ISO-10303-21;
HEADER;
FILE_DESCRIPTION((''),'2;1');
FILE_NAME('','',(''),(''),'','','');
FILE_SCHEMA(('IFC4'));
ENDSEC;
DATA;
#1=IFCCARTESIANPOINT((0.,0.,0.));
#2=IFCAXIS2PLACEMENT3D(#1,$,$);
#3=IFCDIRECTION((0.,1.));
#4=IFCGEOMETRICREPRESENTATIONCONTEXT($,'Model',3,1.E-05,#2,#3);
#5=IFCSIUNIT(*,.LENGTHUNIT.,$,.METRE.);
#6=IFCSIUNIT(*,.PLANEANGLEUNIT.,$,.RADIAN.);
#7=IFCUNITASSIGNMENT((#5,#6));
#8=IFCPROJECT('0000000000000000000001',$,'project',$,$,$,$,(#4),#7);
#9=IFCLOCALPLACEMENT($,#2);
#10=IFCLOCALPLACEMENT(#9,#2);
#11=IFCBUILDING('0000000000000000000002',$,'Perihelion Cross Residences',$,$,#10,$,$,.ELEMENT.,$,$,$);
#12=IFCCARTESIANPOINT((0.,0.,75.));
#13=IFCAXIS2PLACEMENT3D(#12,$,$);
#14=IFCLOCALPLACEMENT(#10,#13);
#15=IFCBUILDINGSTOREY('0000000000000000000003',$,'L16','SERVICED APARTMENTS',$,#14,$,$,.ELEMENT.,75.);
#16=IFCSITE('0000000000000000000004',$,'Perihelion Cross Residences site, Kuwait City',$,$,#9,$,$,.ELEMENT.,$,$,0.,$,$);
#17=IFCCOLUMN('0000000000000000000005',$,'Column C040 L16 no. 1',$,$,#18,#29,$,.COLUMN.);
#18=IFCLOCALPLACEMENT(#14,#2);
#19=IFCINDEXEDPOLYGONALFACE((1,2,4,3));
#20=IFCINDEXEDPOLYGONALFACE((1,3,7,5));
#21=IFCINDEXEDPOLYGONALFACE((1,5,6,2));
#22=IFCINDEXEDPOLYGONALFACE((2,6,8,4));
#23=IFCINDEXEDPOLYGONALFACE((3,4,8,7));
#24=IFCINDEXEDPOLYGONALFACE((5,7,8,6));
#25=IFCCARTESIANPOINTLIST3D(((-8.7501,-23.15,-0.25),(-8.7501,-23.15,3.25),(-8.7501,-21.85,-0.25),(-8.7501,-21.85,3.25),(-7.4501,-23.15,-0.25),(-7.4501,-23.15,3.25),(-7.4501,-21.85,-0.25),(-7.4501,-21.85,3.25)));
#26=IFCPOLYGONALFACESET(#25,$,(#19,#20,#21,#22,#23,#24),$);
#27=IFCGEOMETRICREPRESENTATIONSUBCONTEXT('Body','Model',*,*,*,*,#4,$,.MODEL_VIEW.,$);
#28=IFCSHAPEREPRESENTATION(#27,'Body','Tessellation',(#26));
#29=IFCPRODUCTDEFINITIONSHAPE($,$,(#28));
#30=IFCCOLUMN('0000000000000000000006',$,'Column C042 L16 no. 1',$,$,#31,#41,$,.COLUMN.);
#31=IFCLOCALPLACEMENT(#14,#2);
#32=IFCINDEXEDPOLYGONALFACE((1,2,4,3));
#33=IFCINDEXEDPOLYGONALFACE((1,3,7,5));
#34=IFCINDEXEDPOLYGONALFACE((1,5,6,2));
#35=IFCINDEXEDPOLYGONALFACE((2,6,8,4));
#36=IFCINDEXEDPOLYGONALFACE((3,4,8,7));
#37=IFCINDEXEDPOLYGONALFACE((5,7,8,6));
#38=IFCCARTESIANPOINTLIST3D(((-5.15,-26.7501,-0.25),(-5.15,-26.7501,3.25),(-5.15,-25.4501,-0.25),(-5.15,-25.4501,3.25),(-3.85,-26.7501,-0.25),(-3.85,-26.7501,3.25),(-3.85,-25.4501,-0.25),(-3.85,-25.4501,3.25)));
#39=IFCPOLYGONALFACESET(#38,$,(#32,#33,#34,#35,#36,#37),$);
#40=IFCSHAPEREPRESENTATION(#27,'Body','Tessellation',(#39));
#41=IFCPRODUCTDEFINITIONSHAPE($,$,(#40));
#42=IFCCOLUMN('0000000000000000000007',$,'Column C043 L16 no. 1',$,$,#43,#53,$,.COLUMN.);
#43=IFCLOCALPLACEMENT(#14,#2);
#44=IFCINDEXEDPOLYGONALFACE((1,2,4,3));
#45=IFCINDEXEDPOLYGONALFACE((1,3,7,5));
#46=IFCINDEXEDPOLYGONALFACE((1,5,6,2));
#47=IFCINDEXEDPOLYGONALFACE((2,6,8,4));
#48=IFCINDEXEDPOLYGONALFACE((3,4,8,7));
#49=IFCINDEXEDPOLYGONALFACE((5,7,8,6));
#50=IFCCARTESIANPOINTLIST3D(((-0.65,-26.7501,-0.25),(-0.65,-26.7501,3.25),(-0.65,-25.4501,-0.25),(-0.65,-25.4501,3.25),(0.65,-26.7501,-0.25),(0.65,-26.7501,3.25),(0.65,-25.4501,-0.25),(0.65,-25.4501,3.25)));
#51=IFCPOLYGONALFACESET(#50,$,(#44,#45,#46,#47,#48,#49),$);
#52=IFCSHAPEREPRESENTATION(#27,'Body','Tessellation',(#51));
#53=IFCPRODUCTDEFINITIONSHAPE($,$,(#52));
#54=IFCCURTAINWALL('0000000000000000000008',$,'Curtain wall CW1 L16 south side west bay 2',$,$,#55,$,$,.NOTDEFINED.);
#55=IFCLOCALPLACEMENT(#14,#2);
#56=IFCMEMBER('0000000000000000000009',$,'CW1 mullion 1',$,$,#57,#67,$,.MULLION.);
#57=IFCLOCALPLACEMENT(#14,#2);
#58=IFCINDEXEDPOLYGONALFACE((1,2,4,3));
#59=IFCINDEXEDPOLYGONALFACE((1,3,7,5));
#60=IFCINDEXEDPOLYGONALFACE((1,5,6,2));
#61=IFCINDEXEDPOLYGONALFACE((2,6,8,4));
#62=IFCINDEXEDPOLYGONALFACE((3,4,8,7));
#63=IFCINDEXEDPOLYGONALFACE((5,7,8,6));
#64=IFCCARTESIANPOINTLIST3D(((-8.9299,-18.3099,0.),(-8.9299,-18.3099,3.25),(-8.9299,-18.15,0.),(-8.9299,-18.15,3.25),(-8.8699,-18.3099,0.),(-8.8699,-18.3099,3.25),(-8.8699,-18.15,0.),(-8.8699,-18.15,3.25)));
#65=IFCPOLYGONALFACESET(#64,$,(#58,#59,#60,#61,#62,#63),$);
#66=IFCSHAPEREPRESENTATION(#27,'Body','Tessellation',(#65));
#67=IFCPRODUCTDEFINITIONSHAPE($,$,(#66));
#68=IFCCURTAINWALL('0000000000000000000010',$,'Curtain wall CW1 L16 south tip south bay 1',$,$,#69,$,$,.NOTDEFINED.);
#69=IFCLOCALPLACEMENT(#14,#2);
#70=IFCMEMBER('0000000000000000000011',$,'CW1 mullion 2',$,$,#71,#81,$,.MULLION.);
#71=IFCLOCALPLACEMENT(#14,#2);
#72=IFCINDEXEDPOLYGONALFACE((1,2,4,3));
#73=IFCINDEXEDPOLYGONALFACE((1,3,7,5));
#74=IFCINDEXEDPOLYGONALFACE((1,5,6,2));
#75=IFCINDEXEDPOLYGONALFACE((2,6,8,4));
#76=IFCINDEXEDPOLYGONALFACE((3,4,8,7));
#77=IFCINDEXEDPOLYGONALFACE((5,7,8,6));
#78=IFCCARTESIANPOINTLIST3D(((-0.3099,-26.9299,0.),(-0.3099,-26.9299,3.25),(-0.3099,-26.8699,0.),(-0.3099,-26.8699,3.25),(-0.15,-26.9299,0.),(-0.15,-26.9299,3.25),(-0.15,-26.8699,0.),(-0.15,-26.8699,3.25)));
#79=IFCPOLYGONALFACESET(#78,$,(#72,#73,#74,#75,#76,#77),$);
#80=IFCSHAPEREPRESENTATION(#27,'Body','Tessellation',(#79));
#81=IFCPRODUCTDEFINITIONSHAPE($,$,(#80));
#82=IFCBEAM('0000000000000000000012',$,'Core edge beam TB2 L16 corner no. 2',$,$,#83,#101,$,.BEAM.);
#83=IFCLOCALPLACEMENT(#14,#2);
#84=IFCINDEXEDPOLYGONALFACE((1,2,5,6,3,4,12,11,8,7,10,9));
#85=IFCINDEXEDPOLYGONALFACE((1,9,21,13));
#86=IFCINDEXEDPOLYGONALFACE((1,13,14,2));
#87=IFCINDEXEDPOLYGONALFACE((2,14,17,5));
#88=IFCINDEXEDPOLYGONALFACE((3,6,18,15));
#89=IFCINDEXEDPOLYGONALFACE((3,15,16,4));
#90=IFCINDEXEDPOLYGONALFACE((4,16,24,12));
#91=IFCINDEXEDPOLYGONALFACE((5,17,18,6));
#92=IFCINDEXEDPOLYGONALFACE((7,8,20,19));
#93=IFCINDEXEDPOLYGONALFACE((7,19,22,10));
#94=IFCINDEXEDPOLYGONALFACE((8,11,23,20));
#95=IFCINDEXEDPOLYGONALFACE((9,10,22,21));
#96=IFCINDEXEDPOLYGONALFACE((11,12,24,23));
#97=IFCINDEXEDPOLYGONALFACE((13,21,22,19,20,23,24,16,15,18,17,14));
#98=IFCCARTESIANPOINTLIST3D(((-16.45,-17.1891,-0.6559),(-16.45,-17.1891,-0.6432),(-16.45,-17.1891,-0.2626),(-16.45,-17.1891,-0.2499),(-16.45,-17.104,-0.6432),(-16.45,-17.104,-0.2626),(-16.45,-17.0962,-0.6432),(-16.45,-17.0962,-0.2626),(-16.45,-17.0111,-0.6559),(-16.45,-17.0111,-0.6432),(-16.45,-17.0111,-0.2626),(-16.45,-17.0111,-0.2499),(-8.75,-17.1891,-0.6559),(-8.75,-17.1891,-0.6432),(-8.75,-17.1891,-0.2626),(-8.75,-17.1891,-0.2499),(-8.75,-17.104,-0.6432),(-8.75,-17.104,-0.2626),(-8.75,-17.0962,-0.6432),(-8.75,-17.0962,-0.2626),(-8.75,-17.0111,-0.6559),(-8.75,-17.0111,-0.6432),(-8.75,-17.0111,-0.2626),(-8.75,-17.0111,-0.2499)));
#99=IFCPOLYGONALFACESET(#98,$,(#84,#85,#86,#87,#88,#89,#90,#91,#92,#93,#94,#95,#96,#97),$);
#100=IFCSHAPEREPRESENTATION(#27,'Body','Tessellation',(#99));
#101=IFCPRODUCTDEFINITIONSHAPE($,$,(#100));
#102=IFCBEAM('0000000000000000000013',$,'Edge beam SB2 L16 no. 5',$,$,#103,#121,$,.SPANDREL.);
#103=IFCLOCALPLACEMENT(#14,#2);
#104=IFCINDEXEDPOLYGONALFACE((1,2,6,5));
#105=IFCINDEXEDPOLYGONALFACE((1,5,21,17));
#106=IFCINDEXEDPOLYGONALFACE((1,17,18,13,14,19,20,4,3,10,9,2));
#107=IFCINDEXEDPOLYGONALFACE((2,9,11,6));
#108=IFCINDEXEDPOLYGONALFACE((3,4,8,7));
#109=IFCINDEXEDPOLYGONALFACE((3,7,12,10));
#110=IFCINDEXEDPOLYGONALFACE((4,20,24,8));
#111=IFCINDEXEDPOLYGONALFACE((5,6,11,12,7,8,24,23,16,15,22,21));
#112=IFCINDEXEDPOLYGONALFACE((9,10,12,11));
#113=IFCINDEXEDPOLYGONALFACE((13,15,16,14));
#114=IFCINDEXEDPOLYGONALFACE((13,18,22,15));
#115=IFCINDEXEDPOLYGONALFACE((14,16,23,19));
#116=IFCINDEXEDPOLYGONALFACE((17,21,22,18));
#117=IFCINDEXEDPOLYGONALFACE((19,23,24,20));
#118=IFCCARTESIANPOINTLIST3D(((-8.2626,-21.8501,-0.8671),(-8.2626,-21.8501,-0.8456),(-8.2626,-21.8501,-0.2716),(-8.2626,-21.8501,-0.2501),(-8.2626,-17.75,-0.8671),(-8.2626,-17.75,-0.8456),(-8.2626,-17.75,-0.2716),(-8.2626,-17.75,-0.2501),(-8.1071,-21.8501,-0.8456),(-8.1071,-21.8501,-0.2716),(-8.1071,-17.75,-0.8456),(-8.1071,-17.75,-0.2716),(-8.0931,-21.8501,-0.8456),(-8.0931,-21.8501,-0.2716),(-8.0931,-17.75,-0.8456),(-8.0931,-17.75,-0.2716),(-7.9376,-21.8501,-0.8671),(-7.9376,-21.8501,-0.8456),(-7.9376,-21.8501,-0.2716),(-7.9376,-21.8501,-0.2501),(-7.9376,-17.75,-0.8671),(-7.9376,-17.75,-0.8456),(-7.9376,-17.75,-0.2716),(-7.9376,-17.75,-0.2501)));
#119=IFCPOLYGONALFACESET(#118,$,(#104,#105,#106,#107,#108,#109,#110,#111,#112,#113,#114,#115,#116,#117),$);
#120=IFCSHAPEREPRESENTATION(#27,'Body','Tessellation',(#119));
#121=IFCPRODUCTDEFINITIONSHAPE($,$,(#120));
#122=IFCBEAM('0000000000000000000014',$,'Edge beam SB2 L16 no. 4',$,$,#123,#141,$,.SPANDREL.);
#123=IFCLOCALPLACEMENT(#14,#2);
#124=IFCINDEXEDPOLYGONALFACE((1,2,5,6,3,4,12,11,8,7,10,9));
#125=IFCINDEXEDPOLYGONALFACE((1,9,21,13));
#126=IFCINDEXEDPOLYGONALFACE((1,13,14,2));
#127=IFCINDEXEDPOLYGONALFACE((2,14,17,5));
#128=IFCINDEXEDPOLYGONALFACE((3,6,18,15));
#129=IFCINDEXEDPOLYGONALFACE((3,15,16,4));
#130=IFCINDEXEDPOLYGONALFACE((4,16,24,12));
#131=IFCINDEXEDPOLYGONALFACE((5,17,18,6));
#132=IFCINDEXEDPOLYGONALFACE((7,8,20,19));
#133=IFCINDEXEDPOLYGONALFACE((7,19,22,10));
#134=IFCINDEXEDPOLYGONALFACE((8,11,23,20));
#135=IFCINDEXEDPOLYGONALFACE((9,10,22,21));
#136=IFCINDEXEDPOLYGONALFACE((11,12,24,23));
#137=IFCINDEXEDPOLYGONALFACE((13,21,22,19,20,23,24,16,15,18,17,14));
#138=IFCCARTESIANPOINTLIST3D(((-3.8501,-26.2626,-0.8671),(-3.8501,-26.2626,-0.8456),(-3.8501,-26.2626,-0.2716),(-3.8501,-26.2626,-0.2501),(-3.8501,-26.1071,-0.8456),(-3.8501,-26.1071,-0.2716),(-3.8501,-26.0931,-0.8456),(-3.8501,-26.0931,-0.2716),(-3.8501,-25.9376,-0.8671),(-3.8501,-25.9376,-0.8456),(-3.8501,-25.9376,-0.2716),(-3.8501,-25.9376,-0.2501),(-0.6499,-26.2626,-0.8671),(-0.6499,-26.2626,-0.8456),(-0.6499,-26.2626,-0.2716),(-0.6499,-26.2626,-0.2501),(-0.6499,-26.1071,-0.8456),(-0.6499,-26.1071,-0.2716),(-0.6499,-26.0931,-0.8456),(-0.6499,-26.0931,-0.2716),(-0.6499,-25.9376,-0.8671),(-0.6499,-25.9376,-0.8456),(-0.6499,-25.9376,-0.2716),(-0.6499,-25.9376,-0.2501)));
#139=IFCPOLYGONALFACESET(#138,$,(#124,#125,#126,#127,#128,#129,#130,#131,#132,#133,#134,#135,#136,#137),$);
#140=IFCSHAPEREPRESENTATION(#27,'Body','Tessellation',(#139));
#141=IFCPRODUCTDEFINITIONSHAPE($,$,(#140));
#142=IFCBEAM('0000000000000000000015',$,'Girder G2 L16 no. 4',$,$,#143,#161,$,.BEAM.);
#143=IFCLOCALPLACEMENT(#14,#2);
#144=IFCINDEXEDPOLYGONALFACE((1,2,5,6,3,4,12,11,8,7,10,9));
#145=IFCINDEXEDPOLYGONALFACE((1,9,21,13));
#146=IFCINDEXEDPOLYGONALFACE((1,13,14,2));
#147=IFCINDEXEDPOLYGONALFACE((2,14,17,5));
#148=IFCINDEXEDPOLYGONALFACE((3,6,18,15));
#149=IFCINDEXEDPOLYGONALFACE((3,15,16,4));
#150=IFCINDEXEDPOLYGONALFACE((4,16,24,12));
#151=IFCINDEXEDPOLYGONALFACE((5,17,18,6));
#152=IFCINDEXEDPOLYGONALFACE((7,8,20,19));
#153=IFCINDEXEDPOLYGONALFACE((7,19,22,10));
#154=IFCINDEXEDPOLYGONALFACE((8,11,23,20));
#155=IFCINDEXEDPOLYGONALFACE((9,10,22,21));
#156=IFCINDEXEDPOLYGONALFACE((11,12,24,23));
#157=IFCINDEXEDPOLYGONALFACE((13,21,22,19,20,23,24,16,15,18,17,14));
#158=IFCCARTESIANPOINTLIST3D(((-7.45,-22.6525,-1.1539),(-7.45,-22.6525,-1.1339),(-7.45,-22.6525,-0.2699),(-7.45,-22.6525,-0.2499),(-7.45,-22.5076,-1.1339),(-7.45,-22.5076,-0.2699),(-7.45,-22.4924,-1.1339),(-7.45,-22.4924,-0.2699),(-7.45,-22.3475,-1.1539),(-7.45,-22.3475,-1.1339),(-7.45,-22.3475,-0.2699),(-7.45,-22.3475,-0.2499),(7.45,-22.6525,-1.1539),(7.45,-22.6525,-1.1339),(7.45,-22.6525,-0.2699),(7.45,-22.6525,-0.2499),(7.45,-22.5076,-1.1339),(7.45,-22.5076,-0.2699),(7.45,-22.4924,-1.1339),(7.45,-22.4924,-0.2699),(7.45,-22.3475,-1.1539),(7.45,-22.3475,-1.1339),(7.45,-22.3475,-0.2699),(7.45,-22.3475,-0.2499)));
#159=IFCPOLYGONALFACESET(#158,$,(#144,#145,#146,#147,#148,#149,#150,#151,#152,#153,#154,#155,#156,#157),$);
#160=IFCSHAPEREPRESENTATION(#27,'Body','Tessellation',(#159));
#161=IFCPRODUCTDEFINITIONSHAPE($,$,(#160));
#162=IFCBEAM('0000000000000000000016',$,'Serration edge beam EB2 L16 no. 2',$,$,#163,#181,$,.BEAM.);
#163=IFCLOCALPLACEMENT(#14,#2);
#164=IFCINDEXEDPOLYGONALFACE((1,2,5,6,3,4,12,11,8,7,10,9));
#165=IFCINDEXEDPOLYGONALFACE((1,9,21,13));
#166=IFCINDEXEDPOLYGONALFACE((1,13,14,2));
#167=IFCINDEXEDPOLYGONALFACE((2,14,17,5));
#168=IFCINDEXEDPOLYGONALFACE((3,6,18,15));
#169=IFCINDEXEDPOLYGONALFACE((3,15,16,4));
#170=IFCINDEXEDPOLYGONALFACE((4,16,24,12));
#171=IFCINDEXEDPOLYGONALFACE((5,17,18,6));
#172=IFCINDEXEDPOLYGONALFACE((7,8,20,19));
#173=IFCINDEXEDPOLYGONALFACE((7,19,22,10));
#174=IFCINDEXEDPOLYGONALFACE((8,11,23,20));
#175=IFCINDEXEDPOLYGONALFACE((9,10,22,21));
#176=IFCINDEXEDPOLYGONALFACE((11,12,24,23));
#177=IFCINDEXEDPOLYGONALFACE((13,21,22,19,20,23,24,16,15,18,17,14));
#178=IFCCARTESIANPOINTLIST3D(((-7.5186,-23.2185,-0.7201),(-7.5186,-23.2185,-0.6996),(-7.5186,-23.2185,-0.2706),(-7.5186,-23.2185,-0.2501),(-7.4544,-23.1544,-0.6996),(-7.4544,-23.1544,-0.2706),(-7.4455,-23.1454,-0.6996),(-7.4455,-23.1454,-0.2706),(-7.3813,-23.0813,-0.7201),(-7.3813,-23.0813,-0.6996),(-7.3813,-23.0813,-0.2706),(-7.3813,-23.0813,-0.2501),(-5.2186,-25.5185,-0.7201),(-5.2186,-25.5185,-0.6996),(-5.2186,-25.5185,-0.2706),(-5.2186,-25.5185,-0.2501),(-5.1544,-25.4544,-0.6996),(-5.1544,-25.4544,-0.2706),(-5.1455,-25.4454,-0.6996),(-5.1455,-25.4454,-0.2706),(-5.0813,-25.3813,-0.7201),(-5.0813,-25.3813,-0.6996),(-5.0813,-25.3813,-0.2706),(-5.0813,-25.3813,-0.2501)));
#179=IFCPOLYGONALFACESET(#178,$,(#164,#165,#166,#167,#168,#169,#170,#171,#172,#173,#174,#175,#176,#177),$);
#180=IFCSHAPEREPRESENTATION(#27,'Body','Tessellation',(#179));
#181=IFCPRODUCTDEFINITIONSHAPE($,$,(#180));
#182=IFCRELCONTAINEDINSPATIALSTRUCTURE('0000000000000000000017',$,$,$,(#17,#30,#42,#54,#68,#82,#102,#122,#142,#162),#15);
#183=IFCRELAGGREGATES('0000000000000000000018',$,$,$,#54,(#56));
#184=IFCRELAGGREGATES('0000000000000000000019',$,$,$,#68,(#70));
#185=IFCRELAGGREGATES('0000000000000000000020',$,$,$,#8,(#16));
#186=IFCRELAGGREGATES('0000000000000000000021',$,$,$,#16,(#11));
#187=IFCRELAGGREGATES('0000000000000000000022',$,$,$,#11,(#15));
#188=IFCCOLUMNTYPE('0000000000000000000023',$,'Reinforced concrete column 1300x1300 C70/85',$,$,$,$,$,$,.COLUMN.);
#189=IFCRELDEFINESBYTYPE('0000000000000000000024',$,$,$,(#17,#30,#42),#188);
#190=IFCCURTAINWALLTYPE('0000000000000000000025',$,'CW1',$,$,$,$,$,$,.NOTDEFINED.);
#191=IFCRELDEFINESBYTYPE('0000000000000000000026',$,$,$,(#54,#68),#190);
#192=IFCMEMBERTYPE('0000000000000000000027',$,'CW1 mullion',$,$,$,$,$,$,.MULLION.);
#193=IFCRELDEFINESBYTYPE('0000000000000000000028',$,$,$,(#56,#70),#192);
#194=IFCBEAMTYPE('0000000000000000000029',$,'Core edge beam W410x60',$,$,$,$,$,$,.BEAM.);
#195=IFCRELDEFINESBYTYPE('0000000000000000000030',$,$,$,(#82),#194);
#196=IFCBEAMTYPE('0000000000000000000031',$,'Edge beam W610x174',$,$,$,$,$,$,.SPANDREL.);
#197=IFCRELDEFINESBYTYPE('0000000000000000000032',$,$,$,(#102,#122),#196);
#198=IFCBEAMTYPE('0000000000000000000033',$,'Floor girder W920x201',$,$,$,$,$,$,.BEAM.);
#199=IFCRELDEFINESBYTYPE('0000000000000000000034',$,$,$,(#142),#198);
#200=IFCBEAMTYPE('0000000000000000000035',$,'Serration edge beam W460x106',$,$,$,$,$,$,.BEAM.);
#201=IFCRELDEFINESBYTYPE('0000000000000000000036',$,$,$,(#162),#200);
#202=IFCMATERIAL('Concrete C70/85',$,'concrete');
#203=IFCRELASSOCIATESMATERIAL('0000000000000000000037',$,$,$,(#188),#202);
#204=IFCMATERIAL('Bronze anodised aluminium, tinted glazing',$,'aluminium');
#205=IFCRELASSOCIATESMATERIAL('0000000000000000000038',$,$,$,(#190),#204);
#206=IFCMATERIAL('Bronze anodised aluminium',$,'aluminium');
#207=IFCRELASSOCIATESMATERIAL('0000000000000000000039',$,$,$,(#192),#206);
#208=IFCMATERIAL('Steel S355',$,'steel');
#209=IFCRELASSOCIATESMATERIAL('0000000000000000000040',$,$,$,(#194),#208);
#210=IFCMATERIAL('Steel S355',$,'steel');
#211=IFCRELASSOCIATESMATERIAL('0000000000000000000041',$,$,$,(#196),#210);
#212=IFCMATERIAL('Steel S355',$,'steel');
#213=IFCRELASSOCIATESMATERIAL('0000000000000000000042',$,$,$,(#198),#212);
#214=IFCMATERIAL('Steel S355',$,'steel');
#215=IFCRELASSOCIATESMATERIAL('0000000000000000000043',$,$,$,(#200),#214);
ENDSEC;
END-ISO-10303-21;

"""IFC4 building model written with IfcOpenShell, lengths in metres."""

from ifc_helpers import new_model, si_unit, direction, frame, origin, origin_2d, place, context, subcontext, project, spatial, rectangle, i_section, extrude, material, material_profile, profile_set, type_object, element, aggregate, save


model = new_model("IFC4")

# Units and contexts
model_context = context("Model", 3, precision=1e-05, world=origin(), true_north=direction((0.0, 1.0)))
body_context = subcontext(model_context, "Body", "Model", "MODEL_VIEW")
ifc_project = project(units=[si_unit("LENGTHUNIT", "METRE"), si_unit("PLANEANGLEUNIT", "RADIAN")], contexts=[model_context])

# Site, building, storey
site_placement = place(None, origin())
site = spatial("IfcSite", under=ifc_project, at=site_placement, Name="Perihelion Cross Residences site, Kuwait City", CompositionType="ELEMENT", RefElevation=0.0)
building_placement = place(site_placement, origin())
building = spatial("IfcBuilding", under=site, at=building_placement, Name="Perihelion Cross Residences", CompositionType="ELEMENT")
storey_placement = place(building_placement, frame((0.0, 0.0, 75.0)))
storey = spatial("IfcBuildingStorey", under=building, at=storey_placement, Name="L16", Description="SERVICED APARTMENTS", CompositionType="ELEMENT", Elevation=75.0)

# Columns
ifc_material_1 = material(Name="Concrete C70/85", Category="concrete")
ifc_material_profile_1 = material_profile(ifc_material_1, rectangle(XDim=1.3, YDim=1.3, at=origin_2d()), Name="RC 1300x1300")
ifc_profile_set_1 = profile_set([ifc_material_profile_1], Name="Concrete C70/85")
column_type = type_object("IfcColumnType", Name="Reinforced concrete column 1300x1300 C70/85", PredefinedType="COLUMN", material=ifc_profile_set_1)
for number, where, z_axis, x_axis, name in (
    (1, (-8.1001, -22.5, -0.25), (0.0, 0.0, 1.0), (1.0, 0.0, 0.0), "Column C040 L16 no. 1"),
    (2, (-4.5, -26.1001, -0.25), (0.0, 0.0, 1.0), (1.0, 0.0, 0.0), "Column C042 L16 no. 1"),
    (3, (0.0, -26.1001, -0.25), (0.0, 0.0, 1.0), (1.0, 0.0, 0.0), "Column C043 L16 no. 1"),
):
    element("IfcColumn", number, at=place(storey_placement, frame(where, z_axis=z_axis, x_axis=x_axis)), inside=storey, type_object=column_type, Name=name, PredefinedType="COLUMN", context=body_context, shape_type="SweptSolid", body=[
        extrude(rectangle(XDim=1.3, YDim=1.3, at=origin_2d()), origin(), (0.0, 0.0, 1.0), 3.5),
    ])

# Curtain walls, members
ifc_material_2 = material(Name="Bronze anodised aluminium, tinted glazing", Category="aluminium")
curtain_wall_type = type_object("IfcCurtainWallType", Name="CW1", PredefinedType="NOTDEFINED", material=ifc_material_2)
curtain_wall_1_placement = place(storey_placement, origin())
curtain_wall_1 = element("IfcCurtainWall", 4, at=curtain_wall_1_placement, inside=storey, type_object=curtain_wall_type, Name="Curtain wall CW1 L16 south side west bay 2", PredefinedType="NOTDEFINED")
ifc_material_3 = material(Name="Bronze anodised aluminium", Category="aluminium")
ifc_material_profile_2 = material_profile(ifc_material_3, rectangle(XDim=0.0601, YDim=0.1599, at=origin_2d()), Name="CW1 mullion")
ifc_profile_set_2 = profile_set([ifc_material_profile_2], Name="Bronze anodised aluminium")
member_type = type_object("IfcMemberType", Name="CW1 mullion", PredefinedType="MULLION", material=ifc_profile_set_2)
member_1_placement = place(storey_placement, frame((-8.8999, -18.23, 0.0), z_axis=(0.0, 0.0, 1.0), x_axis=(1.0, 0.0, 0.0)))
member_1 = element("IfcMember", 5, at=member_1_placement, type_object=member_type, Name="CW1 mullion 1", PredefinedType="MULLION", context=body_context, shape_type="SweptSolid", body=[
    extrude(rectangle(XDim=0.0601, YDim=0.1599, at=origin_2d()), origin(), (0.0, 0.0, 1.0), 3.25),
])
curtain_wall_2_placement = place(storey_placement, origin())
curtain_wall_2 = element("IfcCurtainWall", 6, at=curtain_wall_2_placement, inside=storey, type_object=curtain_wall_type, Name="Curtain wall CW1 L16 south tip south bay 1", PredefinedType="NOTDEFINED")
member_2_placement = place(storey_placement, frame((-0.23, -26.8999, 0.0), z_axis=(0.0, 0.0, 1.0), x_axis=(0.0, 1.0, 0.0)))
member_2 = element("IfcMember", 7, at=member_2_placement, type_object=member_type, Name="CW1 mullion 2", PredefinedType="MULLION", context=body_context, shape_type="SweptSolid", body=[
    extrude(rectangle(XDim=0.0601, YDim=0.1599, at=origin_2d()), origin(), (0.0, 0.0, 1.0), 3.25),
])

# Beams
ifc_material_4 = material(Name="Steel S355", Category="steel")
ifc_material_profile_3 = material_profile(ifc_material_4, i_section(OverallWidth=0.178, OverallDepth=0.406, WebThickness=0.0078, FlangeThickness=0.0127, at=origin_2d()), Name="W410x60")
ifc_profile_set_3 = profile_set([ifc_material_profile_3], Name="Steel S355")
beam_type_1 = type_object("IfcBeamType", Name="Core edge beam W410x60", PredefinedType="BEAM", material=ifc_profile_set_3)
beam_1_placement = place(storey_placement, frame((-8.75, -17.1001, -0.4529), z_axis=(-1.0, 0.0, 0.0), x_axis=(0.0, -1.0, 0.0)))
element("IfcBeam", 8, at=beam_1_placement, inside=storey, type_object=beam_type_1, Name="Core edge beam TB2 L16 corner no. 2", PredefinedType="BEAM", context=body_context, shape_type="SweptSolid", body=[
    extrude(i_section(OverallWidth=0.178, OverallDepth=0.406, WebThickness=0.0078, FlangeThickness=0.0127, at=origin_2d()), origin(), (0.0, 0.0, 1.0), 7.7),
])
ifc_material_5 = material(Name="Steel S355", Category="steel")
ifc_material_profile_4 = material_profile(ifc_material_5, i_section(OverallWidth=0.325, OverallDepth=0.6169, WebThickness=0.0139, FlangeThickness=0.0215, at=origin_2d()), Name="W610x174")
ifc_profile_set_4 = profile_set([ifc_material_profile_4], Name="Steel S355")
beam_type_2 = type_object("IfcBeamType", Name="Edge beam W610x174", PredefinedType="SPANDREL", material=ifc_profile_set_4)
beam_2_placement = place(storey_placement, frame((-8.1001, -17.75, -0.5586), z_axis=(0.0, -1.0, 0.0), x_axis=(1.0, 0.0, 0.0)))
element("IfcBeam", 9, at=beam_2_placement, inside=storey, type_object=beam_type_2, Name="Edge beam SB2 L16 no. 5", PredefinedType="SPANDREL", context=body_context, shape_type="SweptSolid", body=[
    extrude(i_section(OverallWidth=0.325, OverallDepth=0.6169, WebThickness=0.0139, FlangeThickness=0.0215, at=origin_2d()), origin(), (0.0, 0.0, 1.0), 4.1001),
])
beam_3_placement = place(storey_placement, frame((-3.8501, -26.1001, -0.5586), z_axis=(1.0, 0.0, 0.0), x_axis=(0.0, 1.0, 0.0)))
element("IfcBeam", 10, at=beam_3_placement, inside=storey, type_object=beam_type_2, Name="Edge beam SB2 L16 no. 4", PredefinedType="SPANDREL", context=body_context, shape_type="SweptSolid", body=[
    extrude(i_section(OverallWidth=0.325, OverallDepth=0.6169, WebThickness=0.0139, FlangeThickness=0.0215, at=origin_2d()), origin(), (0.0, 0.0, 1.0), 3.2002),
])
ifc_material_6 = material(Name="Steel S355", Category="steel")
ifc_material_profile_5 = material_profile(ifc_material_6, i_section(OverallWidth=0.3049, OverallDepth=0.9041, WebThickness=0.0151, FlangeThickness=0.02, at=origin_2d()), Name="W920x201")
ifc_profile_set_5 = profile_set([ifc_material_profile_5], Name="Steel S355")
beam_type_3 = type_object("IfcBeamType", Name="Floor girder W920x201", PredefinedType="BEAM", material=ifc_profile_set_5)
beam_4_placement = place(storey_placement, frame((-7.45, -22.5, -0.7019), z_axis=(1.0, 0.0, 0.0), x_axis=(0.0, 1.0, 0.0)))
element("IfcBeam", 11, at=beam_4_placement, inside=storey, type_object=beam_type_3, Name="Girder G2 L16 no. 4", PredefinedType="BEAM", context=body_context, shape_type="SweptSolid", body=[
    extrude(i_section(OverallWidth=0.3049, OverallDepth=0.9041, WebThickness=0.0151, FlangeThickness=0.02, at=origin_2d()), origin(), (0.0, 0.0, 1.0), 14.8999),
])
ifc_material_7 = material(Name="Steel S355", Category="steel")
ifc_material_profile_6 = material_profile(ifc_material_7, i_section(OverallWidth=0.1941, OverallDepth=0.47, WebThickness=0.0127, FlangeThickness=0.0205, at=origin_2d()), Name="W460x106")
ifc_profile_set_6 = profile_set([ifc_material_profile_6], Name="Steel S355")
beam_type_4 = type_object("IfcBeamType", Name="Serration edge beam W460x106", PredefinedType="BEAM", material=ifc_profile_set_6)
beam_5_placement = place(storey_placement, frame((-7.45, -23.1499, -0.4851), z_axis=(0.707107, -0.707107, 0.0), x_axis=(0.707107, 0.707107, 0.0)))
element("IfcBeam", 12, at=beam_5_placement, inside=storey, type_object=beam_type_4, Name="Serration edge beam EB2 L16 no. 2", PredefinedType="BEAM", context=body_context, shape_type="SweptSolid", body=[
    extrude(i_section(OverallWidth=0.1941, OverallDepth=0.47, WebThickness=0.0127, FlangeThickness=0.0205, at=origin_2d()), origin(), (0.0, 0.0, 1.0), 3.2527),
])

aggregate(curtain_wall_1, [member_1])
aggregate(curtain_wall_2, [member_2])

save(model, "model.ifc")
